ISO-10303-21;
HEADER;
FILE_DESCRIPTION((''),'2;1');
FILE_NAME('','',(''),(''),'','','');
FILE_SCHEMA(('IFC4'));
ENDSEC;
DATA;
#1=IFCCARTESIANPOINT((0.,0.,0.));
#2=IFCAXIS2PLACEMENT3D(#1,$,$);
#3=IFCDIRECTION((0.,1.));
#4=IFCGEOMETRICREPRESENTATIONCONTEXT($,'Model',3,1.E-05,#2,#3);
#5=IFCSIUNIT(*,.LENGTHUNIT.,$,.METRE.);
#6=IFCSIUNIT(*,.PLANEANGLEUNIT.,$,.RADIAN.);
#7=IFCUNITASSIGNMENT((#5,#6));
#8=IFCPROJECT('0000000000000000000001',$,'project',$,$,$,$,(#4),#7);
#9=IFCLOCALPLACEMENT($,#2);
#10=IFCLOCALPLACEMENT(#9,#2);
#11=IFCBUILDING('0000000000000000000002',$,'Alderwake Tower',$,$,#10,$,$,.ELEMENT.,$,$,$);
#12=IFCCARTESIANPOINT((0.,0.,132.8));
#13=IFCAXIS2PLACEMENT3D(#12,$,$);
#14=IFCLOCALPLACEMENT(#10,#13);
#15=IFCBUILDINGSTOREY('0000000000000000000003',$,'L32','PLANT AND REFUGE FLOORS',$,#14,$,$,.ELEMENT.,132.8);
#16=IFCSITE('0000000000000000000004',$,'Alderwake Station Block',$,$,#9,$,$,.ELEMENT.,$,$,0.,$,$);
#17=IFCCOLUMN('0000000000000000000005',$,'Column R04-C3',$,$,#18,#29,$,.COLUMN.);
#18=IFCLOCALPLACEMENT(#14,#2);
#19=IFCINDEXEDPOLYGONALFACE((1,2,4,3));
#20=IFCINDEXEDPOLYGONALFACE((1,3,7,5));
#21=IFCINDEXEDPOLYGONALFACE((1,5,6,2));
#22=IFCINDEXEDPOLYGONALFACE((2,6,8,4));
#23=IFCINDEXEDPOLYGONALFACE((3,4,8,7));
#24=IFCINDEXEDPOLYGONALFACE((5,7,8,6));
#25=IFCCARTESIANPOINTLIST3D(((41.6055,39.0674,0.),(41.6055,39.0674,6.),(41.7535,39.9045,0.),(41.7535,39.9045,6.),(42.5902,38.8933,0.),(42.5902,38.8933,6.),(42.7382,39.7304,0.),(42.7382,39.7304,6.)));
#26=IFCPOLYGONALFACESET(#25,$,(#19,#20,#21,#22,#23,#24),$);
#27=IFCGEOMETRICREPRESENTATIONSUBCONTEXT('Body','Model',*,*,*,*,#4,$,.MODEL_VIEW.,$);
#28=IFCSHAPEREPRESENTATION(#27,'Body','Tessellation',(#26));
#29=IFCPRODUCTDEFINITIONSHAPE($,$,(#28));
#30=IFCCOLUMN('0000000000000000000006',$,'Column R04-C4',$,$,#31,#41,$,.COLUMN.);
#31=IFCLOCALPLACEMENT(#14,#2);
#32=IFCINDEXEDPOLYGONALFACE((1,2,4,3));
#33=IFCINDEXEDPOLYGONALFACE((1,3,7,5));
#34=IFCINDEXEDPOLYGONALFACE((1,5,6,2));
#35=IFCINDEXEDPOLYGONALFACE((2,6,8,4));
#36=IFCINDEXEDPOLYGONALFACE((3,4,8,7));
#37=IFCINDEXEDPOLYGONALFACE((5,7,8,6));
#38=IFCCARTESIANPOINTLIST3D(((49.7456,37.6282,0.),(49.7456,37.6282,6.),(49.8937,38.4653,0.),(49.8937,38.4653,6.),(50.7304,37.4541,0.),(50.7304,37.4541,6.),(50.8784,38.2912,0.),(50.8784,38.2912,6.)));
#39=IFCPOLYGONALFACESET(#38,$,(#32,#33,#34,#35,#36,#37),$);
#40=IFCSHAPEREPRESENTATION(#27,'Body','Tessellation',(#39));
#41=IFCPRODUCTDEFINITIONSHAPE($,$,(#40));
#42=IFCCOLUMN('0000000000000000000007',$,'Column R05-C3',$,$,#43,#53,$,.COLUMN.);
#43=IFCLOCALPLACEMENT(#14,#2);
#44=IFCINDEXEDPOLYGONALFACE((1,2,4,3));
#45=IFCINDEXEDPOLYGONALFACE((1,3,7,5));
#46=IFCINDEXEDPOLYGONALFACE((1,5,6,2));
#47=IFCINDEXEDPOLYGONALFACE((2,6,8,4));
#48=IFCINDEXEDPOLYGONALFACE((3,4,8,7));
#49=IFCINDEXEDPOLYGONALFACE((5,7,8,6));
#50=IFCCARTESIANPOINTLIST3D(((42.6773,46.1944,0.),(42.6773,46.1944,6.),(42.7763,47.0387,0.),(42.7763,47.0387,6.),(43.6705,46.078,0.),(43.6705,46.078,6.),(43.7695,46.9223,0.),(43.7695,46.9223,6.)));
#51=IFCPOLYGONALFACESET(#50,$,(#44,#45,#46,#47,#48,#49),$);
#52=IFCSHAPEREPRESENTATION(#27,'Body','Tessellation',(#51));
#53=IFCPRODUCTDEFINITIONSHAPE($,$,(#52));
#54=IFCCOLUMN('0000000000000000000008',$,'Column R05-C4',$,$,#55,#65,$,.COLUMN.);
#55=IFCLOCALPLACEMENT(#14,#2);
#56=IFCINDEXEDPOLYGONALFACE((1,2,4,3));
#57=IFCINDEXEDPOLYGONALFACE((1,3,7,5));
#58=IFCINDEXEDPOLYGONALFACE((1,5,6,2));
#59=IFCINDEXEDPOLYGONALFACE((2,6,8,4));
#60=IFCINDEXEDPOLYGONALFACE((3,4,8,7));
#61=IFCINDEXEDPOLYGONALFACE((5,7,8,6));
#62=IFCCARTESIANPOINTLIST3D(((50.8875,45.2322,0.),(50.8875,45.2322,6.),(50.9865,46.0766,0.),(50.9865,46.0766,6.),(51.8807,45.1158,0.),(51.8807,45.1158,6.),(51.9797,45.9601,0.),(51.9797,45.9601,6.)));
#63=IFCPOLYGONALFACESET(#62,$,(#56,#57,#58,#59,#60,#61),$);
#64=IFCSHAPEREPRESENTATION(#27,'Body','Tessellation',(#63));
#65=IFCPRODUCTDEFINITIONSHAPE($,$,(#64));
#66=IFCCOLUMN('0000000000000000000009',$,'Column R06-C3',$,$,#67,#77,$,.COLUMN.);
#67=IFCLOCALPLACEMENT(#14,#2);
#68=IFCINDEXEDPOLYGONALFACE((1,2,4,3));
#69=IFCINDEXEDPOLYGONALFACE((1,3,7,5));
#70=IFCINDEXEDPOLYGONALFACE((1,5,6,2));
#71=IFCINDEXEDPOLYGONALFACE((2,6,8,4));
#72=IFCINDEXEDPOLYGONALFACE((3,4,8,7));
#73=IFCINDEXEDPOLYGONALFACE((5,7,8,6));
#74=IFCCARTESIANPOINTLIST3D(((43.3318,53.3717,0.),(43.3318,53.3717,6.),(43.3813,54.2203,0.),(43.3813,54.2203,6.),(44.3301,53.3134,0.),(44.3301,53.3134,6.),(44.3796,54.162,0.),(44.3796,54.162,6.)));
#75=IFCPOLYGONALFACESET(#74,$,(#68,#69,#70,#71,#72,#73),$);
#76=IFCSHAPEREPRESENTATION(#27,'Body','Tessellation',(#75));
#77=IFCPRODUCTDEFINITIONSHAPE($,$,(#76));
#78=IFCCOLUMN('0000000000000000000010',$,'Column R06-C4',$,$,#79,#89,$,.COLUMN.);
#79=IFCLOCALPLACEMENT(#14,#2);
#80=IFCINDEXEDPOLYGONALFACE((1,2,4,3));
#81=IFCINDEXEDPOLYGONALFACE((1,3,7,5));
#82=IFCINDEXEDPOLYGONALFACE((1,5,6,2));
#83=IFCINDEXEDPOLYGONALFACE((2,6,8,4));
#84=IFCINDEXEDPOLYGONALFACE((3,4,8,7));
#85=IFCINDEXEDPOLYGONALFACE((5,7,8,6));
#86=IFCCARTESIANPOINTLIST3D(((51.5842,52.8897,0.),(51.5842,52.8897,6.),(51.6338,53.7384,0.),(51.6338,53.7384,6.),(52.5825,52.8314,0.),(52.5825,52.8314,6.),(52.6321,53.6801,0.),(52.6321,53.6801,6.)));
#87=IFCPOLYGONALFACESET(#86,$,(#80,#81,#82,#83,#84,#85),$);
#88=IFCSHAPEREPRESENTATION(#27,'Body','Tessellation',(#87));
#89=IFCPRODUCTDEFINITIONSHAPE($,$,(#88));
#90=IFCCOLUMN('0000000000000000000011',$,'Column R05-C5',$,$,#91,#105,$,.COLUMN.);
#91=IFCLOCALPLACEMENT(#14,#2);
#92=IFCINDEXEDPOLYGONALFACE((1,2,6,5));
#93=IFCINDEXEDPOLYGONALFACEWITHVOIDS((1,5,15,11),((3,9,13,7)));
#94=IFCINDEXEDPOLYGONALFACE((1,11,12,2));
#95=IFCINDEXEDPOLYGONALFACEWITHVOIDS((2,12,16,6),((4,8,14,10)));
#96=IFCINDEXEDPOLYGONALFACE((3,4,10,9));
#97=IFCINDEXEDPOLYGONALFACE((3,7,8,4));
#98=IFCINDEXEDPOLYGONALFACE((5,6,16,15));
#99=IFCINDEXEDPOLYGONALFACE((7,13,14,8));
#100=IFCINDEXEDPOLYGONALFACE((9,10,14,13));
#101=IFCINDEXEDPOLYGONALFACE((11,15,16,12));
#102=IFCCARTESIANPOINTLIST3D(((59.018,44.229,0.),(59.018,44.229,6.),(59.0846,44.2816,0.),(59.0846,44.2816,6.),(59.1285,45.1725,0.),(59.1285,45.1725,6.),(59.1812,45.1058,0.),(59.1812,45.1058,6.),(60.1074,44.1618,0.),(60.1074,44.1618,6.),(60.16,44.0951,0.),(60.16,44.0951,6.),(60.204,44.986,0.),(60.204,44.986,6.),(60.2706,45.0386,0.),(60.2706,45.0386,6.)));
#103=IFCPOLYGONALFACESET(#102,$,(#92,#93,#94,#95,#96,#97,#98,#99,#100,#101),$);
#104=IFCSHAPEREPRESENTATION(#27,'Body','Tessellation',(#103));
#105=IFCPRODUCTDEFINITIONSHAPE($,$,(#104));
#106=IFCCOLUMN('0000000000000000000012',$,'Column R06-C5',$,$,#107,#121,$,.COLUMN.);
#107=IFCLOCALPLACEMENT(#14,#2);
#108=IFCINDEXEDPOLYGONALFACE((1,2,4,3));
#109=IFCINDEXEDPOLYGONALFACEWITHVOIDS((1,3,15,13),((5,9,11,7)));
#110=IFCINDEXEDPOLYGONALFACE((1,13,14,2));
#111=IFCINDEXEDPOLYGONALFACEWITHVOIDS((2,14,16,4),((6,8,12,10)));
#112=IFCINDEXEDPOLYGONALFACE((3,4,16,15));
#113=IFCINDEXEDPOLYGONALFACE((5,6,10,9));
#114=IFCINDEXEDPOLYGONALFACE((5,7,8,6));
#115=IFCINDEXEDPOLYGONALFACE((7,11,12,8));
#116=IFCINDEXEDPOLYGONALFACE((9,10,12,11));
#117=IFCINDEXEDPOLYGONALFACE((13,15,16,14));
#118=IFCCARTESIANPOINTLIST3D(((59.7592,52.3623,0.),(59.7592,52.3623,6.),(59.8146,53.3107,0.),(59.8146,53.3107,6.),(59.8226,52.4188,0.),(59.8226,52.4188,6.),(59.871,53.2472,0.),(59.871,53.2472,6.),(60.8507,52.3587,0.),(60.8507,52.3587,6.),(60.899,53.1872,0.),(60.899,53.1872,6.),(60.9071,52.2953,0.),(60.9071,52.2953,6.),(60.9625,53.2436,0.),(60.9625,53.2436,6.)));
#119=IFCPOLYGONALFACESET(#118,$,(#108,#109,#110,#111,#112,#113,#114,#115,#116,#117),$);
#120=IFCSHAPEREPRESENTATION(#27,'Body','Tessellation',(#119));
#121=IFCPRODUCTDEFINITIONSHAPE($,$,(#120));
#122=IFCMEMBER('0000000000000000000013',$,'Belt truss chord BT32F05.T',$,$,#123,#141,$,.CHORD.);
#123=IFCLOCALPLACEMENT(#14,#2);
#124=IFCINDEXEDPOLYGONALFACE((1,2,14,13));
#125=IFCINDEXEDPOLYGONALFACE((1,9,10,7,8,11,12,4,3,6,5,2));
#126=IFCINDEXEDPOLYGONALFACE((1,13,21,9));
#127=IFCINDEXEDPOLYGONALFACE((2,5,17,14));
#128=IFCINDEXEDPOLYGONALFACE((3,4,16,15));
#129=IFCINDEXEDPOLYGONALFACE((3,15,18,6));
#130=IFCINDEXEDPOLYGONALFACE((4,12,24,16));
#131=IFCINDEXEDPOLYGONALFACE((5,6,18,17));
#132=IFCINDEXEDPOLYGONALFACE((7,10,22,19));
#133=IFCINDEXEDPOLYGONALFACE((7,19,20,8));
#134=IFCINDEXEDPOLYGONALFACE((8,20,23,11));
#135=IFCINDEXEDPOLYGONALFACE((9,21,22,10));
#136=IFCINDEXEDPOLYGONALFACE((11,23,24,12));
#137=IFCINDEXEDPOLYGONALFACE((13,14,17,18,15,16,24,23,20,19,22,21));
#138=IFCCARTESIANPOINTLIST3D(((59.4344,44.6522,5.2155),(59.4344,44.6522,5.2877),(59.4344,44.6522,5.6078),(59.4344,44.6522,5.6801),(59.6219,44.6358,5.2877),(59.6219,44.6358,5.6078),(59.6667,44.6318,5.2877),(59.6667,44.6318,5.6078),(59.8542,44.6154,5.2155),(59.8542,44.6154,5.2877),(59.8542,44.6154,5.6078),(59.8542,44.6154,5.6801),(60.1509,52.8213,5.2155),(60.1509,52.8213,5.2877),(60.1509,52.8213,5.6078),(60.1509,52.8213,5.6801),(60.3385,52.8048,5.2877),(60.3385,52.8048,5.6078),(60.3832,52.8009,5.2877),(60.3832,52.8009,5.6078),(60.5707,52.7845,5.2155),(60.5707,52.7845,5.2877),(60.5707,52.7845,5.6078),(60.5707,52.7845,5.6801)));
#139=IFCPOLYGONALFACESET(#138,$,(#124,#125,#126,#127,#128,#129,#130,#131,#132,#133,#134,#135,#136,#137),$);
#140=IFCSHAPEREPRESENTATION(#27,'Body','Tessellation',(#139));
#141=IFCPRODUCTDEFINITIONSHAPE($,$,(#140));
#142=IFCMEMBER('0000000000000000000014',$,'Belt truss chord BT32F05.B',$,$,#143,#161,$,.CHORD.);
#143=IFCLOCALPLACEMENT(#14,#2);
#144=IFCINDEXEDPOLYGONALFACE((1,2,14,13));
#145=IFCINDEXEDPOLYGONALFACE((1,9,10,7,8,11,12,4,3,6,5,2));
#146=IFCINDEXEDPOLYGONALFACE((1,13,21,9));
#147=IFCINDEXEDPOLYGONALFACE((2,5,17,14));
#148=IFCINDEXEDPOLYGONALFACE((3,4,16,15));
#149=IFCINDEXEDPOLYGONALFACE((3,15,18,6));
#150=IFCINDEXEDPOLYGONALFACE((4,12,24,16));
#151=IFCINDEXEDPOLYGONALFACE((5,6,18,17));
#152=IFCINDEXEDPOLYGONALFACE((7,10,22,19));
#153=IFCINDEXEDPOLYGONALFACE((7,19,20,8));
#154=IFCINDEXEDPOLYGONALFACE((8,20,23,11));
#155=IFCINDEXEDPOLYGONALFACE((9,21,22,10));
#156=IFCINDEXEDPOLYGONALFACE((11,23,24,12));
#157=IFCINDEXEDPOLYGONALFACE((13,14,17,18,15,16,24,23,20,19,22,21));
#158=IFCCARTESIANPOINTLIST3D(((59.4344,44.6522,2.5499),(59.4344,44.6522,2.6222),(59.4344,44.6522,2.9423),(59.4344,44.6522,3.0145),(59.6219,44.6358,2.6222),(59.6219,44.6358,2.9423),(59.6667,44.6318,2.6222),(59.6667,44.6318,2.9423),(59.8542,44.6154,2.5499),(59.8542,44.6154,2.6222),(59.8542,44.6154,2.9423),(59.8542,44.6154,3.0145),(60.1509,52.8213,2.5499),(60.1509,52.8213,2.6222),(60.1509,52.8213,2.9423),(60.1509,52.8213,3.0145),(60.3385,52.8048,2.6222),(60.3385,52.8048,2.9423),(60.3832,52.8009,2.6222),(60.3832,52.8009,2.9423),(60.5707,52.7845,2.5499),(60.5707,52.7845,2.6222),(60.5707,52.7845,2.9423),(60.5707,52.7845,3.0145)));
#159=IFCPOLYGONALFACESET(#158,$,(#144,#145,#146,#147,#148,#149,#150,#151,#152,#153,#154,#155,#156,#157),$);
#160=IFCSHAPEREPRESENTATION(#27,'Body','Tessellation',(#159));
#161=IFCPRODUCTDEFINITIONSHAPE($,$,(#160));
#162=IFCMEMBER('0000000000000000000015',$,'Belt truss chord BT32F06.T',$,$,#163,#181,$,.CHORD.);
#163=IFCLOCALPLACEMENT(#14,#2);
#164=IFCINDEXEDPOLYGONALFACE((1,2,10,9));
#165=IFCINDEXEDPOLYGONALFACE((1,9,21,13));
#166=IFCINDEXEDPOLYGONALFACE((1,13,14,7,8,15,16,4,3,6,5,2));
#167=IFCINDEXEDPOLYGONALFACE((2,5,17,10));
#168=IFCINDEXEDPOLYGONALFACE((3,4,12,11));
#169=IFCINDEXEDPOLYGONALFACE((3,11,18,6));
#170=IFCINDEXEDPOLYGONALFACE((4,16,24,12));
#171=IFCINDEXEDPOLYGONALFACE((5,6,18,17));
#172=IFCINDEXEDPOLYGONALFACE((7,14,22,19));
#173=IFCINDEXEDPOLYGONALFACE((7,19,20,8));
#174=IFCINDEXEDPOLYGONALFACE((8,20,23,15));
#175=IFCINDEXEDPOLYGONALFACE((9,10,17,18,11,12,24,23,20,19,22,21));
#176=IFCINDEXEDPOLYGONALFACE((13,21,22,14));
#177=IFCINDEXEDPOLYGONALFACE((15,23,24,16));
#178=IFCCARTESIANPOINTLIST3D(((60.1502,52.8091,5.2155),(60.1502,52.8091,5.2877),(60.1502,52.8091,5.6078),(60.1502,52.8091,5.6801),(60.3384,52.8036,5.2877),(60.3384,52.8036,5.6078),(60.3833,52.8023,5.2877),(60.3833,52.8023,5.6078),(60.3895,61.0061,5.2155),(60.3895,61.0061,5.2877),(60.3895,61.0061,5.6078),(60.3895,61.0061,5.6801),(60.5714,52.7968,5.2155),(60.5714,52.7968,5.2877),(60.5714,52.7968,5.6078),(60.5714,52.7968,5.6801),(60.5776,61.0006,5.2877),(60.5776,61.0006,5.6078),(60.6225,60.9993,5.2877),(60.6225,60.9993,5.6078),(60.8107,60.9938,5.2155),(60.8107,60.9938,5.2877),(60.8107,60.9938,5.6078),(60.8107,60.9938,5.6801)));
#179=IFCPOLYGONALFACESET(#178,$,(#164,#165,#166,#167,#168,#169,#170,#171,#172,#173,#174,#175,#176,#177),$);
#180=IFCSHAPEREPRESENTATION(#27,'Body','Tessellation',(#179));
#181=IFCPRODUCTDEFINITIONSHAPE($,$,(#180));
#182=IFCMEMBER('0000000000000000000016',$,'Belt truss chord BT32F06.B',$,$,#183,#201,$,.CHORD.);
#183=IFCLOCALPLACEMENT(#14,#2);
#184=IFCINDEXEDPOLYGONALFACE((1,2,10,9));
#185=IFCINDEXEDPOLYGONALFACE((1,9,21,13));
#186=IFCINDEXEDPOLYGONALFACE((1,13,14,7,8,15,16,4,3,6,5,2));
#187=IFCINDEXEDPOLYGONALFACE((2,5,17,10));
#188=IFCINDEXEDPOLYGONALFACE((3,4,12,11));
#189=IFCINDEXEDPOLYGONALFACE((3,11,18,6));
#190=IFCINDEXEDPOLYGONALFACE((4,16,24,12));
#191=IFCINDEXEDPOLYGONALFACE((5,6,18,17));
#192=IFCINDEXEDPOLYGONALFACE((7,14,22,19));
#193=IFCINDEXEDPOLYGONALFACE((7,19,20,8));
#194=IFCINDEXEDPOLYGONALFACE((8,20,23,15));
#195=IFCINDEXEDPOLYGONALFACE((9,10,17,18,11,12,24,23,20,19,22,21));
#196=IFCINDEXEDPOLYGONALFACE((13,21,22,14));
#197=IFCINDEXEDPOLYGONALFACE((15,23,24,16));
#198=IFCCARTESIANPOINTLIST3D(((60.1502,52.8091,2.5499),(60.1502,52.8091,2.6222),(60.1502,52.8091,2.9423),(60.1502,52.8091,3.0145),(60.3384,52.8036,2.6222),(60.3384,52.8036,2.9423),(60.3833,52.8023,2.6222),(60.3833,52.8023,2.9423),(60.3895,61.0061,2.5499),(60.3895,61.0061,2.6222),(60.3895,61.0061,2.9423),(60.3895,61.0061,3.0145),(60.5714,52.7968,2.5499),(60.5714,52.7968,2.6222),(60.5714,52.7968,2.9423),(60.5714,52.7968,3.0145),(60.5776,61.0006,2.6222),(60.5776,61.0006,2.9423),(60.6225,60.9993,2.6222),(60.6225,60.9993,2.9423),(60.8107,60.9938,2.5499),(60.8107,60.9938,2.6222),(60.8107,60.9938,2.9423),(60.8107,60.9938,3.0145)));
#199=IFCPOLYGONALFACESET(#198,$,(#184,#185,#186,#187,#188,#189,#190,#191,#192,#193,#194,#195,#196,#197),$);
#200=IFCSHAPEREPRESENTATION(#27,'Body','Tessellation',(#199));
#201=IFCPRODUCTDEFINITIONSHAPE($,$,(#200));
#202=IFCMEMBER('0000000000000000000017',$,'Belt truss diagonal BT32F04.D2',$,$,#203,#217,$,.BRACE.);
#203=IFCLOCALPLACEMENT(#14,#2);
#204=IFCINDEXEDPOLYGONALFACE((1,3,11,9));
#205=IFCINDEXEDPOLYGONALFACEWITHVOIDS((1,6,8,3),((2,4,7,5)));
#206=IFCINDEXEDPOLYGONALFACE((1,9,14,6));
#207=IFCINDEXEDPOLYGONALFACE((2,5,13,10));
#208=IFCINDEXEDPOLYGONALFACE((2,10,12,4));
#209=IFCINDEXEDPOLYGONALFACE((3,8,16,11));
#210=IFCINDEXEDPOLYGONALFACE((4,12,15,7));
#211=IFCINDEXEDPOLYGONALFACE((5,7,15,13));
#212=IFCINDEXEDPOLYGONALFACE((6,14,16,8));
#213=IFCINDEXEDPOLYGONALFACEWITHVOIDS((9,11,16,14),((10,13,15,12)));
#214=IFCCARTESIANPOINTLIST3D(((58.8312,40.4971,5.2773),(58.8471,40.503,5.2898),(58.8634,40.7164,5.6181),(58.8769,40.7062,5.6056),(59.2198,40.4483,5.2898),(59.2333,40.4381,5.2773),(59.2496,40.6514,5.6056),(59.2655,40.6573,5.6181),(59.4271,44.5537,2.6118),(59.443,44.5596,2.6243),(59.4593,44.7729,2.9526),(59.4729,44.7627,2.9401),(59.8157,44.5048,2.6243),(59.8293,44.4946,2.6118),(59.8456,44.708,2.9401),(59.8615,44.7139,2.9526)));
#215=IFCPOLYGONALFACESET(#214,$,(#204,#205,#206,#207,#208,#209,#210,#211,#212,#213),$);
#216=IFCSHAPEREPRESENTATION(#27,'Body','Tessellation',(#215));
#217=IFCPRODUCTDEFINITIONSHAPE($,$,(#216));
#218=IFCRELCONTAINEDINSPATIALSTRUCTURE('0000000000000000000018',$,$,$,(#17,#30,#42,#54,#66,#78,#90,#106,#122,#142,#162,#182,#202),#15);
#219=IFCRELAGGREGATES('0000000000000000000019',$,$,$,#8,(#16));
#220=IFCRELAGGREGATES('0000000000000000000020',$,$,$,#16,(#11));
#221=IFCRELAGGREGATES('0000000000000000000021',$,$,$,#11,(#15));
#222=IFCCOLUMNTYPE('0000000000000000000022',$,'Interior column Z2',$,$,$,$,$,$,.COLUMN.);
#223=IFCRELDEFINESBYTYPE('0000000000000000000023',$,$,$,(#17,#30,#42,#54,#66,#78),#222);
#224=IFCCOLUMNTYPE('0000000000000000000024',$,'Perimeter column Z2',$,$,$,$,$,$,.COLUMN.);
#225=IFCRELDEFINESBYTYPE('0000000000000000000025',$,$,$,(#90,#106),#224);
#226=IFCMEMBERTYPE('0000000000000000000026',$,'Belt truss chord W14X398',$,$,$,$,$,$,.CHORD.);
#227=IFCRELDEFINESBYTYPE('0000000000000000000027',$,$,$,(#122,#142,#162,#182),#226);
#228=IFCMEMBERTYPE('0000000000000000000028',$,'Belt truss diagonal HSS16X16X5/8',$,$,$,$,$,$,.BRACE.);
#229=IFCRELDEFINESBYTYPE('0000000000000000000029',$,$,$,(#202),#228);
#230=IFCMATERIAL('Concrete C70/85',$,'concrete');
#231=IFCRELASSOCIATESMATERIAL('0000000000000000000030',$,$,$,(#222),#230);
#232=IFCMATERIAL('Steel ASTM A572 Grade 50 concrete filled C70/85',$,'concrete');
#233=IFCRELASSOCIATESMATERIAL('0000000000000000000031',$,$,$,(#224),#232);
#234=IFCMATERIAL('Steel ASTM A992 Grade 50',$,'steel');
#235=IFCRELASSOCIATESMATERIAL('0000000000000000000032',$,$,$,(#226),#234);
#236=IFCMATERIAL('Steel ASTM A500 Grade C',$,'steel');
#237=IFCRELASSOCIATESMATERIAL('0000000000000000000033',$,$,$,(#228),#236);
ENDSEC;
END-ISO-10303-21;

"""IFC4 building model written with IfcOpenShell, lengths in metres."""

from ifc_helpers import new_model, si_unit, direction, frame, origin, origin_2d, place, context, subcontext, project, spatial, rectangle, hollow_rectangle, i_section, extrude, material, material_profile, profile_set, type_object, element, save


model = new_model("IFC4")

# Units and contexts
model_context = context("Model", 3, precision=1e-05, world=origin(), true_north=direction((0.0, 1.0)))
body_context = subcontext(model_context, "Body", "Model", "MODEL_VIEW")
ifc_project = project(units=[si_unit("LENGTHUNIT", "METRE"), si_unit("PLANEANGLEUNIT", "RADIAN")], contexts=[model_context])

# Site, building, storey
site_placement = place(None, origin())
site = spatial("IfcSite", under=ifc_project, at=site_placement, Name="Alderwake Station Block", CompositionType="ELEMENT", RefElevation=0.0)
building_placement = place(site_placement, origin())
building = spatial("IfcBuilding", under=site, at=building_placement, Name="Alderwake Tower", CompositionType="ELEMENT")
storey_placement = place(building_placement, frame((0.0, 0.0, 132.8)))
storey = spatial("IfcBuildingStorey", under=building, at=storey_placement, Name="L32", Description="PLANT AND REFUGE FLOORS", CompositionType="ELEMENT", Elevation=132.8)

# Columns
ifc_material_1 = material(Name="Concrete C70/85", Category="concrete")
ifc_material_profile_1 = material_profile(ifc_material_1, rectangle(XDim=0.8501, YDim=1.0, at=origin_2d()), Name="RC 1000X850")
ifc_profile_set_1 = profile_set([ifc_material_profile_1], Name="Concrete C70/85")
column_type_1 = type_object("IfcColumnType", Name="Interior column Z2", PredefinedType="COLUMN", material=ifc_profile_set_1)
for number, where, z_axis, x_axis, name in (
    (1, (42.1719, 39.3989, 0.0), (0.0, 0.0, 1.0), (0.174107, 0.984727, 0.0), "Column R04-C3"),
    (2, (50.312, 37.9597, 0.0), (0.0, 0.0, 1.0), (0.174109, 0.984726, 0.0), "Column R04-C4"),
    (3, (43.2234, 46.5583, 0.0), (0.0, 0.0, 1.0), (0.116402, 0.993202, 0.0), "Column R05-C3"),
    (4, (51.4336, 45.5962, 0.0), (0.0, 0.0, 1.0), (0.116402, 0.993202, 0.0), "Column R05-C4"),
    (5, (43.8557, 53.7668, 0.0), (0.0, 0.0, 1.0), (0.058299, 0.998299, 0.0), "Column R06-C3"),
    (6, (52.1082, 53.2849, 0.0), (0.0, 0.0, 1.0), (0.058301, 0.998299, 0.0), "Column R06-C4"),
):
    element("IfcColumn", number, at=place(storey_placement, frame(where, z_axis=z_axis, x_axis=x_axis)), inside=storey, type_object=column_type_1, Name=name, PredefinedType="COLUMN", context=body_context, shape_type="SweptSolid", body=[
        extrude(rectangle(XDim=0.8501, YDim=1.0, at=origin_2d()), origin(), (0.0, 0.0, 1.0), 6.0),
    ])
ifc_material_2 = material(Name="Steel ASTM A572 Grade 50 concrete filled C70/85", Category="concrete")
ifc_material_profile_2 = material_profile(ifc_material_2, hollow_rectangle(XDim=0.95, YDim=1.1499, WallThickness=0.0601, at=origin_2d()), Name="BOX 1150X950X60")
ifc_profile_set_2 = profile_set([ifc_material_profile_2], Name="Steel ASTM A572 Grade 50 concrete filled C70/85")
column_type_2 = type_object("IfcColumnType", Name="Perimeter column Z2", PredefinedType="COLUMN", material=ifc_profile_set_2)
for number, where, z_axis, x_axis, name in (
    (7, (59.6443, 44.6338, 0.0), (0.0, 0.0, 1.0), (0.116402, 0.993202, 0.0), "Column R05-C5"),
    (8, (60.3608, 52.803, 0.0), (0.0, 0.0, 1.0), (0.058299, 0.998299, 0.0), "Column R06-C5"),
):
    element("IfcColumn", number, at=place(storey_placement, frame(where, z_axis=z_axis, x_axis=x_axis)), inside=storey, type_object=column_type_2, Name=name, PredefinedType="COLUMN", context=body_context, shape_type="SweptSolid", body=[
        extrude(hollow_rectangle(XDim=0.95, YDim=1.1499, WallThickness=0.0601, at=origin_2d()), origin(), (0.0, 0.0, 1.0), 6.0),
    ])

# Members
ifc_material_3 = material(Name="Steel ASTM A992 Grade 50", Category="steel")
ifc_material_profile_3 = material_profile(ifc_material_3, i_section(OverallWidth=0.4214, OverallDepth=0.4646, WebThickness=0.0449, FlangeThickness=0.0723, at=origin_2d()), Name="W14X398")
ifc_profile_set_3 = profile_set([ifc_material_profile_3], Name="Steel ASTM A992 Grade 50")
member_type_1 = type_object("IfcMemberType", Name="Belt truss chord W14X398", PredefinedType="CHORD", material=ifc_profile_set_3)
for number, where, z_axis, x_axis, name in (
    (9, (59.6443, 44.6338, 5.4478), (0.087379, 0.996175, 0.0), (-0.996175, 0.087379, 0.0), "Belt truss chord BT32F05.T"),
    (10, (59.6443, 44.6338, 2.7822), (0.087379, 0.996175, 0.0), (-0.996175, 0.087379, 0.0), "Belt truss chord BT32F05.B"),
    (11, (60.3608, 52.803, 5.4478), (0.029176, 0.999574, 0.0), (-0.999574, 0.029176, 0.0), "Belt truss chord BT32F06.T"),
    (12, (60.3608, 52.803, 2.7822), (0.029176, 0.999574, 0.0), (-0.999574, 0.029176, 0.0), "Belt truss chord BT32F06.B"),
):
    element("IfcMember", number, at=place(storey_placement, frame(where, z_axis=z_axis, x_axis=x_axis)), inside=storey, type_object=member_type_1, Name=name, PredefinedType="CHORD", context=body_context, shape_type="SweptSolid", body=[
        extrude(i_section(OverallWidth=0.4214, OverallDepth=0.4646, WebThickness=0.0449, FlangeThickness=0.0723, at=origin_2d()), origin(), (0.0, 0.0, 1.0), 8.2004),
    ])
ifc_material_4 = material(Name="Steel ASTM A500 Grade C", Category="steel")
ifc_material_profile_4 = material_profile(ifc_material_4, hollow_rectangle(XDim=0.4065, YDim=0.4065, WallThickness=0.0149, at=origin_2d()), Name="HSS16X16X5/8")
ifc_profile_set_4 = profile_set([ifc_material_profile_4], Name="Steel ASTM A500 Grade C")
member_type_2 = type_object("IfcMemberType", Name="Belt truss diagonal HSS16X16X5/8", PredefinedType="BRACE", material=ifc_profile_set_4)
member_1_placement = place(storey_placement, frame((59.6443, 44.6338, 2.7822), z_axis=(-0.121859, -0.829502, 0.545047), x_axis=(0.989381, -0.145347, 0.0)))
element("IfcMember", 13, at=member_1_placement, inside=storey, type_object=member_type_2, Name="Belt truss diagonal BT32F04.D2", PredefinedType="BRACE", context=body_context, shape_type="SweptSolid", body=[
    extrude(hollow_rectangle(XDim=0.4065, YDim=0.4065, WallThickness=0.0149, at=origin_2d()), origin(), (0.0, 0.0, 1.0), 4.8904),
])

save(model, "model.ifc")
